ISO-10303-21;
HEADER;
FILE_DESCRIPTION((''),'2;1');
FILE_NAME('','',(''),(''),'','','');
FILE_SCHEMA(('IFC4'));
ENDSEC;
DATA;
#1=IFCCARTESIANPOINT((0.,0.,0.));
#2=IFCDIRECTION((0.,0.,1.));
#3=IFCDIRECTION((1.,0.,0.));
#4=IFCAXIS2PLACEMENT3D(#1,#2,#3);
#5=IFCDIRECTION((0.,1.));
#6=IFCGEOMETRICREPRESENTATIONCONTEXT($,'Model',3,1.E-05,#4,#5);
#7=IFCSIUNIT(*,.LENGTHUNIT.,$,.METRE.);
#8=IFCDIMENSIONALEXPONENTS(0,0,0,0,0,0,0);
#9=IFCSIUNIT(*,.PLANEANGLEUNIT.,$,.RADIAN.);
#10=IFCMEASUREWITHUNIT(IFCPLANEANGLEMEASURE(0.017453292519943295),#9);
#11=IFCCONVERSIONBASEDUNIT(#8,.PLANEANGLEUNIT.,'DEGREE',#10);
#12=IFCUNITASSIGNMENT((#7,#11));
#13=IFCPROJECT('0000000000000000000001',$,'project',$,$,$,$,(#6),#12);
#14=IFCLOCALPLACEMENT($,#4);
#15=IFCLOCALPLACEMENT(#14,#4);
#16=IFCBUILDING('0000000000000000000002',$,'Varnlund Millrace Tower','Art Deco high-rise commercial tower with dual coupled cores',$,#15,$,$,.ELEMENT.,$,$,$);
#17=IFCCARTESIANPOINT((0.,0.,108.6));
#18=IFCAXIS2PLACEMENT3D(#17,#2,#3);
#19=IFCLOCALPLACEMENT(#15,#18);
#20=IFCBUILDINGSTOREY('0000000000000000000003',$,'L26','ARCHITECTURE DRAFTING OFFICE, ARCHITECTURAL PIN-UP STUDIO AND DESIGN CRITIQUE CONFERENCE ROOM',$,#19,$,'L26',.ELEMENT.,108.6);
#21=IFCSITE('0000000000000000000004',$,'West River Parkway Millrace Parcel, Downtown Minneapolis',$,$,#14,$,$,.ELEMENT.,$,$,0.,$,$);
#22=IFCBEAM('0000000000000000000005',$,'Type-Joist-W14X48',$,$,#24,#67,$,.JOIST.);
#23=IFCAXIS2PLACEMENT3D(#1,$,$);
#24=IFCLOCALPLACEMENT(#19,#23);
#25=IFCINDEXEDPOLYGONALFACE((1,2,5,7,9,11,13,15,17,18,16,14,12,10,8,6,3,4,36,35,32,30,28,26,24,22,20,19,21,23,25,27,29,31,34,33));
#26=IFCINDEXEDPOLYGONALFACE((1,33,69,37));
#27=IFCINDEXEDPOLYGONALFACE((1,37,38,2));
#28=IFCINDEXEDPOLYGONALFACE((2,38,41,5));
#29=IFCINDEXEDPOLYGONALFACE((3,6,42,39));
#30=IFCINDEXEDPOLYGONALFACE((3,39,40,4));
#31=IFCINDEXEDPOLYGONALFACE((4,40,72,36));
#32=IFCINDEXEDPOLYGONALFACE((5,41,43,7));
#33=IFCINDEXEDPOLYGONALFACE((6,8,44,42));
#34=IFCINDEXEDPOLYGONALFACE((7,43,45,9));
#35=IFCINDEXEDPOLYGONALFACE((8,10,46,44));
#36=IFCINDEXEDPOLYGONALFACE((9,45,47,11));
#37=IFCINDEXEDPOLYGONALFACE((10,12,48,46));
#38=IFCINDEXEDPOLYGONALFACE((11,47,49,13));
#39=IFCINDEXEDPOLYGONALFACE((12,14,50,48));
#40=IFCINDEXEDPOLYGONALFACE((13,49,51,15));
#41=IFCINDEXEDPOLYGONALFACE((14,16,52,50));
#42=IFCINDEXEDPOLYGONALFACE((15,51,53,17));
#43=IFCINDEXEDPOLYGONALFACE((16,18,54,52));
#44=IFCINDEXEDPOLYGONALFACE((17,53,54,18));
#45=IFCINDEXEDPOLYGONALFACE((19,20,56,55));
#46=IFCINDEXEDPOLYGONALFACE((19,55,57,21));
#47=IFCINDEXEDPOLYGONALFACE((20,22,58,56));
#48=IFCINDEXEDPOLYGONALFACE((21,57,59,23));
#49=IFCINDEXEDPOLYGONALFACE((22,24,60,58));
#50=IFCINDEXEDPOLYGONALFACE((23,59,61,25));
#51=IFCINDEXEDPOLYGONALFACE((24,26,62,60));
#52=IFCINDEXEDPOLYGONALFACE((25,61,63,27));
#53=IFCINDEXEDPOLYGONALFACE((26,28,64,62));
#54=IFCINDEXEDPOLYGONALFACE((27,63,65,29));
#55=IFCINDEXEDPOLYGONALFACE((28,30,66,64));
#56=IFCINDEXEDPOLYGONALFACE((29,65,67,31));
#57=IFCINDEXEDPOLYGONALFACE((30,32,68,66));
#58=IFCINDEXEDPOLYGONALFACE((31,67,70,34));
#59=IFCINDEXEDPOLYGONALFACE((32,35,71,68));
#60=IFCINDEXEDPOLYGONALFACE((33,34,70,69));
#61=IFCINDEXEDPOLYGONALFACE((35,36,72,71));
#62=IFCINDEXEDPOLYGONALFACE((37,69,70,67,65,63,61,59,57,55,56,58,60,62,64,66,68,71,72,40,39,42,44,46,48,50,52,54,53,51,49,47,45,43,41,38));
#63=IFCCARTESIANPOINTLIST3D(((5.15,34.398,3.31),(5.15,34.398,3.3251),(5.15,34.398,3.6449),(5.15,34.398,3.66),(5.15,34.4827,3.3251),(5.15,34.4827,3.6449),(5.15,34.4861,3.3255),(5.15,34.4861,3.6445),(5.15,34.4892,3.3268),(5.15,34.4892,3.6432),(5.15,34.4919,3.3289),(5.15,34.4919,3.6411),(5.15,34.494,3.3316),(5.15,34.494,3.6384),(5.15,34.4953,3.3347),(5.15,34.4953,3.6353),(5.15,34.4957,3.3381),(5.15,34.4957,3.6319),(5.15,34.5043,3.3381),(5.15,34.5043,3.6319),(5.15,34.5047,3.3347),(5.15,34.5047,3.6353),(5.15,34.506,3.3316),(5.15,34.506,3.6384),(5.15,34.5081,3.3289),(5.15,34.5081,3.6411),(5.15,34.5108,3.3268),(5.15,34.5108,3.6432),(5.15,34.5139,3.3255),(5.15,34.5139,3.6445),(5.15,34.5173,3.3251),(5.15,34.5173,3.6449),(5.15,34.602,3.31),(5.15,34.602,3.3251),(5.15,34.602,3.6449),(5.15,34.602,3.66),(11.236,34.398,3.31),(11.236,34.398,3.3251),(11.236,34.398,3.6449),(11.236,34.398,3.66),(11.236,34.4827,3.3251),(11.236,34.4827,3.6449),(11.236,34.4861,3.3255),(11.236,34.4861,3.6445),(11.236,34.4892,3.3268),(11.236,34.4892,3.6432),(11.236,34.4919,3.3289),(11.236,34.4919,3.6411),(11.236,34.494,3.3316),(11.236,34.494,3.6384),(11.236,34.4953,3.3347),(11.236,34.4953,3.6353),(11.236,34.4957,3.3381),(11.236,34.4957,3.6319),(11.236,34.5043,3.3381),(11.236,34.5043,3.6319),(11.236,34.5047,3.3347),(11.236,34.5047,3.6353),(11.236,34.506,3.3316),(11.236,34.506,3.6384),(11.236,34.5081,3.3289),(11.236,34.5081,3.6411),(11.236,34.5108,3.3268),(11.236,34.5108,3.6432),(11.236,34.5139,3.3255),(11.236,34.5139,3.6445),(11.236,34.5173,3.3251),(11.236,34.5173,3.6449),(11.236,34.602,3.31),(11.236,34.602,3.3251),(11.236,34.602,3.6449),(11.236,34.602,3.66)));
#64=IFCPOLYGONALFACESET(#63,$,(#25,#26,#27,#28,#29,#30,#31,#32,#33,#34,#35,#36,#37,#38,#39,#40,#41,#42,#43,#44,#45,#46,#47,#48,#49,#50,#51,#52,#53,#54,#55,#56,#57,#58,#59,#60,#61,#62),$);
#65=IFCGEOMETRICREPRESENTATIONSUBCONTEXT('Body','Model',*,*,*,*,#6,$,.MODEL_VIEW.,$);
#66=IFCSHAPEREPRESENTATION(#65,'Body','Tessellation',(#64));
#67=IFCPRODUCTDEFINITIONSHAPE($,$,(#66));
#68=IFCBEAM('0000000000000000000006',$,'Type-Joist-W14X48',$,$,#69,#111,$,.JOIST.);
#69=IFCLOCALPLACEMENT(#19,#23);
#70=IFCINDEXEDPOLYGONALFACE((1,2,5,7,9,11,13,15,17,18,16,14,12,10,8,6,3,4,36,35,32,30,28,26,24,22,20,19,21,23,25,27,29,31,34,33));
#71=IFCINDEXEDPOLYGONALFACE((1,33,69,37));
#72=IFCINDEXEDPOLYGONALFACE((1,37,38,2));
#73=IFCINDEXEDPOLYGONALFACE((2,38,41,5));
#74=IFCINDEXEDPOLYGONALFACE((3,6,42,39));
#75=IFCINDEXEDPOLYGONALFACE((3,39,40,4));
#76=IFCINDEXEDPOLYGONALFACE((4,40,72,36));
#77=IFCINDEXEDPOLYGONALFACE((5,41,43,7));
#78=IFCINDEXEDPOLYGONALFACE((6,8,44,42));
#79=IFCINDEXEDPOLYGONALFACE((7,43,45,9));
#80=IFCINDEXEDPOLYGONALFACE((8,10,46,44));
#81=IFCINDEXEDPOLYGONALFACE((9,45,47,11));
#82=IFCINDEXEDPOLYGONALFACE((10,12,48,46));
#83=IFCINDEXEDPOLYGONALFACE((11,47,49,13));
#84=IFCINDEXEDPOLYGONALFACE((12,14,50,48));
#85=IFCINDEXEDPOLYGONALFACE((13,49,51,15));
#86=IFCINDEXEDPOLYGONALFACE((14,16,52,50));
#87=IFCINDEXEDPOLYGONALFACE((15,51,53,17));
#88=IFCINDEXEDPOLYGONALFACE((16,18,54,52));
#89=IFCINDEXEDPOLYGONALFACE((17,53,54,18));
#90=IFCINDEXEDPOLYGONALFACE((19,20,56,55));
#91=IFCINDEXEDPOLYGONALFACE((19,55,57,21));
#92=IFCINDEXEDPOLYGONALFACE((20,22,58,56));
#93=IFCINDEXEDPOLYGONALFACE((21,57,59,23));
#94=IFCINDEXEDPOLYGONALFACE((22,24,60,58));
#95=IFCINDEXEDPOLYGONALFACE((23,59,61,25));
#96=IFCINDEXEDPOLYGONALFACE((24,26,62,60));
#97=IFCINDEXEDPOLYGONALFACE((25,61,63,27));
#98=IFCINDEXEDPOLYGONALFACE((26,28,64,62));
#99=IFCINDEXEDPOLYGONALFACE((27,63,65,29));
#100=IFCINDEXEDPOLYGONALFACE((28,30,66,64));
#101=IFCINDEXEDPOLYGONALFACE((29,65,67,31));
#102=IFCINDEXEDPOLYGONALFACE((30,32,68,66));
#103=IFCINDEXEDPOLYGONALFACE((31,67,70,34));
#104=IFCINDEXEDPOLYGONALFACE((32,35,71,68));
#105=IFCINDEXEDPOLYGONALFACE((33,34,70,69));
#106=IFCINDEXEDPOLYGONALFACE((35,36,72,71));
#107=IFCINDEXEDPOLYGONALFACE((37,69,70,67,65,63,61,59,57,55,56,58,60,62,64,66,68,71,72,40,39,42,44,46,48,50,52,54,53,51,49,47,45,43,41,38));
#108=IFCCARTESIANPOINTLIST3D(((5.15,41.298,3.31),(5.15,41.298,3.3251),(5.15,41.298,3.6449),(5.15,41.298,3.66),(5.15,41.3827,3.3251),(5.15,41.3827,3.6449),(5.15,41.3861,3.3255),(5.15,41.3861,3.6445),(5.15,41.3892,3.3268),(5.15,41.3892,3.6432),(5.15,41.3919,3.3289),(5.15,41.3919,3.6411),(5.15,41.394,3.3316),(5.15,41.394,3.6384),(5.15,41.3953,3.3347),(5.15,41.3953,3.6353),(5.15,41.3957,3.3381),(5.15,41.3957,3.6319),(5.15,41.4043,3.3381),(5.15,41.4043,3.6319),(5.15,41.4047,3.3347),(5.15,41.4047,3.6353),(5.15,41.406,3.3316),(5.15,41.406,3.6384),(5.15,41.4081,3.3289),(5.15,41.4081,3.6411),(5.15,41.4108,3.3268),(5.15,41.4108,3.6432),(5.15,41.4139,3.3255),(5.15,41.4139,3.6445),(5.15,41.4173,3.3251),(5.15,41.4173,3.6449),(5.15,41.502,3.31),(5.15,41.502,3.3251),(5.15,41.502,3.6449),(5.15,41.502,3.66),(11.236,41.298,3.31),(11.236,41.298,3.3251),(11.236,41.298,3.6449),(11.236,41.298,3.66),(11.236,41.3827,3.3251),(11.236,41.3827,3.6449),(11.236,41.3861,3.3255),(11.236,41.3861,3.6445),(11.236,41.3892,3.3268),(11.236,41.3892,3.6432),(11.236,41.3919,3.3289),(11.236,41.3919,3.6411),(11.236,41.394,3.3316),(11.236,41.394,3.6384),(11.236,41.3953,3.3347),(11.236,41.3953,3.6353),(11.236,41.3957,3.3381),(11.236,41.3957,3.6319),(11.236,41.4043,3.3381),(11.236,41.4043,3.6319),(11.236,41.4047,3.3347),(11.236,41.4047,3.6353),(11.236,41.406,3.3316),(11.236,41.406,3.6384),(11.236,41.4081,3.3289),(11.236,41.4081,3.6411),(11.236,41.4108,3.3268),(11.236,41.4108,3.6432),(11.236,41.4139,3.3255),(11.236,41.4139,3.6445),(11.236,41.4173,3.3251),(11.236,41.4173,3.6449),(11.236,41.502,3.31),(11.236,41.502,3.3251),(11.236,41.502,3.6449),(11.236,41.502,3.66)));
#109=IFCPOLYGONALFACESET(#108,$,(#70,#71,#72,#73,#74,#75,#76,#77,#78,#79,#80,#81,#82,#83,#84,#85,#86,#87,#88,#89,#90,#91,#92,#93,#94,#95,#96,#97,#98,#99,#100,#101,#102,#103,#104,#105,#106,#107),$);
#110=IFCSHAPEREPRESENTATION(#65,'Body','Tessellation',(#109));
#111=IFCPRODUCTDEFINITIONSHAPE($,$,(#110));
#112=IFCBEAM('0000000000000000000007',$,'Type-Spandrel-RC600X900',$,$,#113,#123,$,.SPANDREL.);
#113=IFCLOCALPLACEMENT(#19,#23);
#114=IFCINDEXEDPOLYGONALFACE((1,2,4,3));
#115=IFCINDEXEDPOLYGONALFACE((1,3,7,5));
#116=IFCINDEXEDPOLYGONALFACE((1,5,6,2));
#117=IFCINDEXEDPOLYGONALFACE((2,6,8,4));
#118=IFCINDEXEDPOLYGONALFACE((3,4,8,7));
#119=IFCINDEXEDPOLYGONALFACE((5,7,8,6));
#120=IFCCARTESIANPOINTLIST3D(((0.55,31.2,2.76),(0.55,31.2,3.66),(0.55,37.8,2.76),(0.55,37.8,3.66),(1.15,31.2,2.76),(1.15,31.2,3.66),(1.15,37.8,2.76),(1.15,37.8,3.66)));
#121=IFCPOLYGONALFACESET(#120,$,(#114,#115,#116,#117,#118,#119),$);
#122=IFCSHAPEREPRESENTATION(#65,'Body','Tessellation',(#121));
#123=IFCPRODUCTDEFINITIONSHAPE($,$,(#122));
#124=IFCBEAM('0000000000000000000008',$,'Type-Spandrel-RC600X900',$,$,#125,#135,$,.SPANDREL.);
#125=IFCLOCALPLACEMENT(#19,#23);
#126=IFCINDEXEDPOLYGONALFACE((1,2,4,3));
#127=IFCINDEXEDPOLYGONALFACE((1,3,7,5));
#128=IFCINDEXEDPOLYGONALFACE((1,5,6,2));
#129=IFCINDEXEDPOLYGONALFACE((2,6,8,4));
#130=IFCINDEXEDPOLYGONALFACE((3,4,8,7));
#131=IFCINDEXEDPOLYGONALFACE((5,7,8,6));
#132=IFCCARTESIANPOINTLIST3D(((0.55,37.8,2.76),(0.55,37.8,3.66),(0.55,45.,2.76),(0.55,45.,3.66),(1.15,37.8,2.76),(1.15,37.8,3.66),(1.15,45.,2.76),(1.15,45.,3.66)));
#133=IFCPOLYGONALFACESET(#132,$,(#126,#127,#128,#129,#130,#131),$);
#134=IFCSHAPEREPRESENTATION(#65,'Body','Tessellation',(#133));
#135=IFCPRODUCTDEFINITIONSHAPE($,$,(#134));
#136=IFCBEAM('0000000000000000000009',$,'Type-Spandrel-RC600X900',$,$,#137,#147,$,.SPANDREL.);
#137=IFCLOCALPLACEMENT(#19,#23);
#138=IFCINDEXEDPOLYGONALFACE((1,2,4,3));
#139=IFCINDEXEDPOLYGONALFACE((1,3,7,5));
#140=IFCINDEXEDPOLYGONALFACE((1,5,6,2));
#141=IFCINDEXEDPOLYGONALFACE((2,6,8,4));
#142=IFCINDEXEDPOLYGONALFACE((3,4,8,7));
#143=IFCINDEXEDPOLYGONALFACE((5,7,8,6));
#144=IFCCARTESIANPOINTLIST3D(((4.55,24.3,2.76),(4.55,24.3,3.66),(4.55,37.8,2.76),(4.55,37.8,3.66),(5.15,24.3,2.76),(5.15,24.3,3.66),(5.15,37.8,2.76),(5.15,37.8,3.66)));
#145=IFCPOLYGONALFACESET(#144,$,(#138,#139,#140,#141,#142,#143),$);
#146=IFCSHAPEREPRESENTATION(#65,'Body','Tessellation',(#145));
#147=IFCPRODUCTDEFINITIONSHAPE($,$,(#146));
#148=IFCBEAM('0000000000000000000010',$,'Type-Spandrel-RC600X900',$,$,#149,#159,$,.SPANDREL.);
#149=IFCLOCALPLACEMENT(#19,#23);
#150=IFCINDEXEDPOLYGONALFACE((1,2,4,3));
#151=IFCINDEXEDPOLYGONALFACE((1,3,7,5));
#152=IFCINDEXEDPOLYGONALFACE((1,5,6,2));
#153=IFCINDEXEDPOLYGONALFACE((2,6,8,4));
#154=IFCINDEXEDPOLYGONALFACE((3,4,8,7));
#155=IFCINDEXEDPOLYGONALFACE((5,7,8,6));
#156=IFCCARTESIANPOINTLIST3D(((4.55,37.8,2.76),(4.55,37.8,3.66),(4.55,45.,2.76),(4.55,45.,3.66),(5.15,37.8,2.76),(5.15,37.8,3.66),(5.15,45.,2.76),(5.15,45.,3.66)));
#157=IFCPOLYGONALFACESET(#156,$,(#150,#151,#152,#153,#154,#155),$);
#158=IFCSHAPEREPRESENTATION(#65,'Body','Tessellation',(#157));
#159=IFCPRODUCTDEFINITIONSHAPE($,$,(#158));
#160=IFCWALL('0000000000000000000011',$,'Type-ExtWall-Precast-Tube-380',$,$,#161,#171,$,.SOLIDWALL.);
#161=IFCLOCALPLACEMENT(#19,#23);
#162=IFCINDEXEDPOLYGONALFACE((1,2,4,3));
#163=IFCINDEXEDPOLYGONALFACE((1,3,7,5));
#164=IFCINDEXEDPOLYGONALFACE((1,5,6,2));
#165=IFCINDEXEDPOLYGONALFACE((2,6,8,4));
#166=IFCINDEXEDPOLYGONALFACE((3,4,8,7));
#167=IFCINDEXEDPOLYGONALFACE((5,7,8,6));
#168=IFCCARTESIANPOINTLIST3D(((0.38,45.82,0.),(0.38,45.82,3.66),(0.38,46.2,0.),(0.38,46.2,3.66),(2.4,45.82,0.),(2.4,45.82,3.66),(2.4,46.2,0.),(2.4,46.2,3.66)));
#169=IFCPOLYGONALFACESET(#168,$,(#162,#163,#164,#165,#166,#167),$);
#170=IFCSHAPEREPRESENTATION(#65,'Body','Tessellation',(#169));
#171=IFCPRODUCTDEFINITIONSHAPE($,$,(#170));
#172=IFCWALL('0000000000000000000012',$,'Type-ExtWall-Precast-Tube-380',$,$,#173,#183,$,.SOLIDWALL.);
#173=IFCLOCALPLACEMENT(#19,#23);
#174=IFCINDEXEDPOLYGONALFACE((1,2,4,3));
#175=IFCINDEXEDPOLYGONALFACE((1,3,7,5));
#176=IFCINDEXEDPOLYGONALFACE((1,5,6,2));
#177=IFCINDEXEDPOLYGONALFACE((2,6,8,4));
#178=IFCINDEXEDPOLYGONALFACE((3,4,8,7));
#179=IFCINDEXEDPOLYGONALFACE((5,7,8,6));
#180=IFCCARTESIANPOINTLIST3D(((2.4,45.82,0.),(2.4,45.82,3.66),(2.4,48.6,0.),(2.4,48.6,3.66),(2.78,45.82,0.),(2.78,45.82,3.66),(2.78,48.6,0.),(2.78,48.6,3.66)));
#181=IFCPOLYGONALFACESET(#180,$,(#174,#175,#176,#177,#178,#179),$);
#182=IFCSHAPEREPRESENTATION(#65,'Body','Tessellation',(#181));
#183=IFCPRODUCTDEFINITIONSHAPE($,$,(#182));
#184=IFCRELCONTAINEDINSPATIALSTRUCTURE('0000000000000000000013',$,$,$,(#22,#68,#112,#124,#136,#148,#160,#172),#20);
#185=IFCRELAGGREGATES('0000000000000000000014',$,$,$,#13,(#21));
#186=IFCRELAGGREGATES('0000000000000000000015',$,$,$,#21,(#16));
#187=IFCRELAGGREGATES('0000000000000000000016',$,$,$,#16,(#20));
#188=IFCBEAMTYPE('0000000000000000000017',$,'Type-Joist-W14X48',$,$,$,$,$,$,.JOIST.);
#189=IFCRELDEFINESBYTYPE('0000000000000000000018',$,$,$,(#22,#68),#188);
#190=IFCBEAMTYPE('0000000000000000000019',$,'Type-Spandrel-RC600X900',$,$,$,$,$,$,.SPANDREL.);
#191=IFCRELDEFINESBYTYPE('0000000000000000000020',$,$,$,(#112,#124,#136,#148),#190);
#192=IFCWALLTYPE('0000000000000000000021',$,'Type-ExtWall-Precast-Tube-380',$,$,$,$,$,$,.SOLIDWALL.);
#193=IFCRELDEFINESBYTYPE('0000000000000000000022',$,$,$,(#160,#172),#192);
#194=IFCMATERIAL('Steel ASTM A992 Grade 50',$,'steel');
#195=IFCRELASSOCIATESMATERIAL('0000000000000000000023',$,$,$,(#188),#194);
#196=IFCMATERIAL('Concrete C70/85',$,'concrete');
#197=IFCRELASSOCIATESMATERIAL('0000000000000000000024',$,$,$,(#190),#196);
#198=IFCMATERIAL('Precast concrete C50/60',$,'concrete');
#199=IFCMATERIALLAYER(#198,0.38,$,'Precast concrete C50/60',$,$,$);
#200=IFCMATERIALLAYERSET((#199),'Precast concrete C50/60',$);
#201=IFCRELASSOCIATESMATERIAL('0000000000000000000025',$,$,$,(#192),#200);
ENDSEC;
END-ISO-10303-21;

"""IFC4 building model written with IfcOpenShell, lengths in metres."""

from ifc_helpers import new_model, entity, si_unit, converted_unit, direction, frame, origin_with_axes, origin_2d_with_axis, place, context, subcontext, project, spatial, polyline, rectangle, i_section, outline, extrude, material, layer, layer_set, material_profile, profile_set, type_object, element, save


model = new_model("IFC4")

# Units and contexts
model_context = context("Model", 3, precision=1e-05, world=origin_with_axes(), true_north=direction((0.0, 1.0)))
body_context = subcontext(model_context, "Body", "Model", "MODEL_VIEW")
ifc_project = project(units=[si_unit("LENGTHUNIT", "METRE"), converted_unit("PLANEANGLEUNIT", "DEGREE", entity("IfcPlaneAngleMeasure", 0.017453292519943295), si_unit("PLANEANGLEUNIT", "RADIAN"), dimensions=[0, 0, 0, 0, 0, 0, 0])], contexts=[model_context])

# Site, building, storey
site_placement = place(None, origin_with_axes())
site = spatial("IfcSite", under=ifc_project, at=site_placement, Name="West River Parkway Millrace Parcel, Downtown Minneapolis", CompositionType="ELEMENT", RefElevation=0.0)
building_placement = place(site_placement, origin_with_axes())
building = spatial("IfcBuilding", under=site, at=building_placement, Name="Varnlund Millrace Tower", Description="Art Deco high-rise commercial tower with dual coupled cores", CompositionType="ELEMENT")
storey_placement = place(building_placement, frame((0.0, 0.0, 108.6), z_axis=(0.0, 0.0, 1.0), x_axis=(1.0, 0.0, 0.0)))
storey = spatial("IfcBuildingStorey", under=building, at=storey_placement, Name="L26", Description="ARCHITECTURE DRAFTING OFFICE, ARCHITECTURAL PIN-UP STUDIO AND DESIGN CRITIQUE CONFERENCE ROOM", LongName="L26", CompositionType="ELEMENT", Elevation=108.6)

# Beams
ifc_material_1 = material(Name="Steel ASTM A992 Grade 50", Category="steel")
ifc_material_profile_1 = material_profile(ifc_material_1, i_section(OverallWidth=0.204, OverallDepth=0.35, WebThickness=0.0086, FlangeThickness=0.0151, FilletRadius=0.013, at=origin_2d_with_axis()), Name="Steel ASTM A992 Grade 50")
ifc_profile_set_1 = profile_set([ifc_material_profile_1], Name="Steel ASTM A992 Grade 50")
beam_type_1 = type_object("IfcBeamType", Name="Type-Joist-W14X48", PredefinedType="JOIST", material=ifc_profile_set_1)
for number, where, z_axis, x_axis, name in (
    (1, (5.15, 34.5, 3.485), (1.0, 0.0, 0.0), (0.0, 1.0, 0.0), "Type-Joist-W14X48"),
    (2, (5.15, 41.4, 3.485), (1.0, 0.0, 0.0), (0.0, 1.0, 0.0), "Type-Joist-W14X48"),
):
    element("IfcBeam", number, at=place(storey_placement, frame(where, z_axis=z_axis, x_axis=x_axis)), inside=storey, type_object=beam_type_1, Name=name, PredefinedType="JOIST", context=body_context, shape_type="SweptSolid", body=[
        extrude(i_section(OverallWidth=0.204, OverallDepth=0.35, WebThickness=0.0086, FlangeThickness=0.0151, FilletRadius=0.013, at=origin_2d_with_axis()), origin_with_axes(), (0.0, 0.0, 1.0), 6.086),
    ])
ifc_material_2 = material(Name="Concrete C70/85", Category="concrete")
ifc_material_profile_2 = material_profile(ifc_material_2, rectangle(XDim=0.6, YDim=0.9, at=origin_2d_with_axis()), Name="Concrete C70/85")
ifc_profile_set_2 = profile_set([ifc_material_profile_2], Name="Concrete C70/85")
beam_type_2 = type_object("IfcBeamType", Name="Type-Spandrel-RC600X900", PredefinedType="SPANDREL", material=ifc_profile_set_2)
beam_1_placement = place(storey_placement, frame((0.85, 31.2, 3.21), z_axis=(0.0, 1.0, 0.0), x_axis=(-1.0, 0.0, 0.0)))
element("IfcBeam", 3, at=beam_1_placement, inside=storey, type_object=beam_type_2, Name="Type-Spandrel-RC600X900", PredefinedType="SPANDREL", context=body_context, shape_type="SweptSolid", body=[
    extrude(rectangle(XDim=0.6, YDim=0.9, at=origin_2d_with_axis()), origin_with_axes(), (0.0, 0.0, 1.0), 6.6),
])
beam_2_placement = place(storey_placement, frame((0.85, 37.8, 3.21), z_axis=(0.0, 1.0, 0.0), x_axis=(-1.0, 0.0, 0.0)))
element("IfcBeam", 4, at=beam_2_placement, inside=storey, type_object=beam_type_2, Name="Type-Spandrel-RC600X900", PredefinedType="SPANDREL", context=body_context, shape_type="SweptSolid", body=[
    extrude(rectangle(XDim=0.6, YDim=0.9, at=origin_2d_with_axis()), origin_with_axes(), (0.0, 0.0, 1.0), 7.2),
])
beam_3_placement = place(storey_placement, frame((4.85, 24.3, 3.21), z_axis=(0.0, 1.0, 0.0), x_axis=(-1.0, 0.0, 0.0)))
element("IfcBeam", 5, at=beam_3_placement, inside=storey, type_object=beam_type_2, Name="Type-Spandrel-RC600X900", PredefinedType="SPANDREL", context=body_context, shape_type="SweptSolid", body=[
    extrude(rectangle(XDim=0.6, YDim=0.9, at=origin_2d_with_axis()), origin_with_axes(), (0.0, 0.0, 1.0), 13.5),
])
beam_4_placement = place(storey_placement, frame((4.85, 37.8, 3.21), z_axis=(0.0, 1.0, 0.0), x_axis=(-1.0, 0.0, 0.0)))
element("IfcBeam", 6, at=beam_4_placement, inside=storey, type_object=beam_type_2, Name="Type-Spandrel-RC600X900", PredefinedType="SPANDREL", context=body_context, shape_type="SweptSolid", body=[
    extrude(rectangle(XDim=0.6, YDim=0.9, at=origin_2d_with_axis()), origin_with_axes(), (0.0, 0.0, 1.0), 7.2),
])

# Walls
ifc_material_3 = material(Name="Precast concrete C50/60", Category="concrete")
ifc_layer_1 = layer(ifc_material_3, 0.38, Name="Precast concrete C50/60")
ifc_layer_set_1 = layer_set([ifc_layer_1], Name="Precast concrete C50/60")
wall_type_1 = type_object("IfcWallType", Name="Type-ExtWall-Precast-Tube-380", PredefinedType="SOLIDWALL", material=ifc_layer_set_1)
wall_1_placement = place(storey_placement, frame((0.38, 46.01, 0.0), z_axis=(0.0, 0.0, 1.0), x_axis=(1.0, 0.0, 0.0)))
element("IfcWall", 7, at=wall_1_placement, inside=storey, type_object=wall_type_1, Name="Type-ExtWall-Precast-Tube-380", PredefinedType="SOLIDWALL", context=body_context, shape_type="SweptSolid", body=[
    extrude(outline(polyline([(0.0, -0.19), (2.02, -0.19), (2.02, 0.19), (0.0, 0.19), (0.0, -0.19)])), origin_with_axes(), (0.0, 0.0, 1.0), 3.66),
])
wall_2_placement = place(storey_placement, frame((2.59, 45.82, 0.0), z_axis=(0.0, 0.0, 1.0), x_axis=(0.0, 1.0, 0.0)))
element("IfcWall", 8, at=wall_2_placement, inside=storey, type_object=wall_type_1, Name="Type-ExtWall-Precast-Tube-380", PredefinedType="SOLIDWALL", context=body_context, shape_type="SweptSolid", body=[
    extrude(outline(polyline([(0.0, -0.19), (2.78, -0.19), (2.78, 0.19), (0.0, 0.19), (0.0, -0.19)])), origin_with_axes(), (0.0, 0.0, 1.0), 3.66),
])

save(model, "model.ifc")
